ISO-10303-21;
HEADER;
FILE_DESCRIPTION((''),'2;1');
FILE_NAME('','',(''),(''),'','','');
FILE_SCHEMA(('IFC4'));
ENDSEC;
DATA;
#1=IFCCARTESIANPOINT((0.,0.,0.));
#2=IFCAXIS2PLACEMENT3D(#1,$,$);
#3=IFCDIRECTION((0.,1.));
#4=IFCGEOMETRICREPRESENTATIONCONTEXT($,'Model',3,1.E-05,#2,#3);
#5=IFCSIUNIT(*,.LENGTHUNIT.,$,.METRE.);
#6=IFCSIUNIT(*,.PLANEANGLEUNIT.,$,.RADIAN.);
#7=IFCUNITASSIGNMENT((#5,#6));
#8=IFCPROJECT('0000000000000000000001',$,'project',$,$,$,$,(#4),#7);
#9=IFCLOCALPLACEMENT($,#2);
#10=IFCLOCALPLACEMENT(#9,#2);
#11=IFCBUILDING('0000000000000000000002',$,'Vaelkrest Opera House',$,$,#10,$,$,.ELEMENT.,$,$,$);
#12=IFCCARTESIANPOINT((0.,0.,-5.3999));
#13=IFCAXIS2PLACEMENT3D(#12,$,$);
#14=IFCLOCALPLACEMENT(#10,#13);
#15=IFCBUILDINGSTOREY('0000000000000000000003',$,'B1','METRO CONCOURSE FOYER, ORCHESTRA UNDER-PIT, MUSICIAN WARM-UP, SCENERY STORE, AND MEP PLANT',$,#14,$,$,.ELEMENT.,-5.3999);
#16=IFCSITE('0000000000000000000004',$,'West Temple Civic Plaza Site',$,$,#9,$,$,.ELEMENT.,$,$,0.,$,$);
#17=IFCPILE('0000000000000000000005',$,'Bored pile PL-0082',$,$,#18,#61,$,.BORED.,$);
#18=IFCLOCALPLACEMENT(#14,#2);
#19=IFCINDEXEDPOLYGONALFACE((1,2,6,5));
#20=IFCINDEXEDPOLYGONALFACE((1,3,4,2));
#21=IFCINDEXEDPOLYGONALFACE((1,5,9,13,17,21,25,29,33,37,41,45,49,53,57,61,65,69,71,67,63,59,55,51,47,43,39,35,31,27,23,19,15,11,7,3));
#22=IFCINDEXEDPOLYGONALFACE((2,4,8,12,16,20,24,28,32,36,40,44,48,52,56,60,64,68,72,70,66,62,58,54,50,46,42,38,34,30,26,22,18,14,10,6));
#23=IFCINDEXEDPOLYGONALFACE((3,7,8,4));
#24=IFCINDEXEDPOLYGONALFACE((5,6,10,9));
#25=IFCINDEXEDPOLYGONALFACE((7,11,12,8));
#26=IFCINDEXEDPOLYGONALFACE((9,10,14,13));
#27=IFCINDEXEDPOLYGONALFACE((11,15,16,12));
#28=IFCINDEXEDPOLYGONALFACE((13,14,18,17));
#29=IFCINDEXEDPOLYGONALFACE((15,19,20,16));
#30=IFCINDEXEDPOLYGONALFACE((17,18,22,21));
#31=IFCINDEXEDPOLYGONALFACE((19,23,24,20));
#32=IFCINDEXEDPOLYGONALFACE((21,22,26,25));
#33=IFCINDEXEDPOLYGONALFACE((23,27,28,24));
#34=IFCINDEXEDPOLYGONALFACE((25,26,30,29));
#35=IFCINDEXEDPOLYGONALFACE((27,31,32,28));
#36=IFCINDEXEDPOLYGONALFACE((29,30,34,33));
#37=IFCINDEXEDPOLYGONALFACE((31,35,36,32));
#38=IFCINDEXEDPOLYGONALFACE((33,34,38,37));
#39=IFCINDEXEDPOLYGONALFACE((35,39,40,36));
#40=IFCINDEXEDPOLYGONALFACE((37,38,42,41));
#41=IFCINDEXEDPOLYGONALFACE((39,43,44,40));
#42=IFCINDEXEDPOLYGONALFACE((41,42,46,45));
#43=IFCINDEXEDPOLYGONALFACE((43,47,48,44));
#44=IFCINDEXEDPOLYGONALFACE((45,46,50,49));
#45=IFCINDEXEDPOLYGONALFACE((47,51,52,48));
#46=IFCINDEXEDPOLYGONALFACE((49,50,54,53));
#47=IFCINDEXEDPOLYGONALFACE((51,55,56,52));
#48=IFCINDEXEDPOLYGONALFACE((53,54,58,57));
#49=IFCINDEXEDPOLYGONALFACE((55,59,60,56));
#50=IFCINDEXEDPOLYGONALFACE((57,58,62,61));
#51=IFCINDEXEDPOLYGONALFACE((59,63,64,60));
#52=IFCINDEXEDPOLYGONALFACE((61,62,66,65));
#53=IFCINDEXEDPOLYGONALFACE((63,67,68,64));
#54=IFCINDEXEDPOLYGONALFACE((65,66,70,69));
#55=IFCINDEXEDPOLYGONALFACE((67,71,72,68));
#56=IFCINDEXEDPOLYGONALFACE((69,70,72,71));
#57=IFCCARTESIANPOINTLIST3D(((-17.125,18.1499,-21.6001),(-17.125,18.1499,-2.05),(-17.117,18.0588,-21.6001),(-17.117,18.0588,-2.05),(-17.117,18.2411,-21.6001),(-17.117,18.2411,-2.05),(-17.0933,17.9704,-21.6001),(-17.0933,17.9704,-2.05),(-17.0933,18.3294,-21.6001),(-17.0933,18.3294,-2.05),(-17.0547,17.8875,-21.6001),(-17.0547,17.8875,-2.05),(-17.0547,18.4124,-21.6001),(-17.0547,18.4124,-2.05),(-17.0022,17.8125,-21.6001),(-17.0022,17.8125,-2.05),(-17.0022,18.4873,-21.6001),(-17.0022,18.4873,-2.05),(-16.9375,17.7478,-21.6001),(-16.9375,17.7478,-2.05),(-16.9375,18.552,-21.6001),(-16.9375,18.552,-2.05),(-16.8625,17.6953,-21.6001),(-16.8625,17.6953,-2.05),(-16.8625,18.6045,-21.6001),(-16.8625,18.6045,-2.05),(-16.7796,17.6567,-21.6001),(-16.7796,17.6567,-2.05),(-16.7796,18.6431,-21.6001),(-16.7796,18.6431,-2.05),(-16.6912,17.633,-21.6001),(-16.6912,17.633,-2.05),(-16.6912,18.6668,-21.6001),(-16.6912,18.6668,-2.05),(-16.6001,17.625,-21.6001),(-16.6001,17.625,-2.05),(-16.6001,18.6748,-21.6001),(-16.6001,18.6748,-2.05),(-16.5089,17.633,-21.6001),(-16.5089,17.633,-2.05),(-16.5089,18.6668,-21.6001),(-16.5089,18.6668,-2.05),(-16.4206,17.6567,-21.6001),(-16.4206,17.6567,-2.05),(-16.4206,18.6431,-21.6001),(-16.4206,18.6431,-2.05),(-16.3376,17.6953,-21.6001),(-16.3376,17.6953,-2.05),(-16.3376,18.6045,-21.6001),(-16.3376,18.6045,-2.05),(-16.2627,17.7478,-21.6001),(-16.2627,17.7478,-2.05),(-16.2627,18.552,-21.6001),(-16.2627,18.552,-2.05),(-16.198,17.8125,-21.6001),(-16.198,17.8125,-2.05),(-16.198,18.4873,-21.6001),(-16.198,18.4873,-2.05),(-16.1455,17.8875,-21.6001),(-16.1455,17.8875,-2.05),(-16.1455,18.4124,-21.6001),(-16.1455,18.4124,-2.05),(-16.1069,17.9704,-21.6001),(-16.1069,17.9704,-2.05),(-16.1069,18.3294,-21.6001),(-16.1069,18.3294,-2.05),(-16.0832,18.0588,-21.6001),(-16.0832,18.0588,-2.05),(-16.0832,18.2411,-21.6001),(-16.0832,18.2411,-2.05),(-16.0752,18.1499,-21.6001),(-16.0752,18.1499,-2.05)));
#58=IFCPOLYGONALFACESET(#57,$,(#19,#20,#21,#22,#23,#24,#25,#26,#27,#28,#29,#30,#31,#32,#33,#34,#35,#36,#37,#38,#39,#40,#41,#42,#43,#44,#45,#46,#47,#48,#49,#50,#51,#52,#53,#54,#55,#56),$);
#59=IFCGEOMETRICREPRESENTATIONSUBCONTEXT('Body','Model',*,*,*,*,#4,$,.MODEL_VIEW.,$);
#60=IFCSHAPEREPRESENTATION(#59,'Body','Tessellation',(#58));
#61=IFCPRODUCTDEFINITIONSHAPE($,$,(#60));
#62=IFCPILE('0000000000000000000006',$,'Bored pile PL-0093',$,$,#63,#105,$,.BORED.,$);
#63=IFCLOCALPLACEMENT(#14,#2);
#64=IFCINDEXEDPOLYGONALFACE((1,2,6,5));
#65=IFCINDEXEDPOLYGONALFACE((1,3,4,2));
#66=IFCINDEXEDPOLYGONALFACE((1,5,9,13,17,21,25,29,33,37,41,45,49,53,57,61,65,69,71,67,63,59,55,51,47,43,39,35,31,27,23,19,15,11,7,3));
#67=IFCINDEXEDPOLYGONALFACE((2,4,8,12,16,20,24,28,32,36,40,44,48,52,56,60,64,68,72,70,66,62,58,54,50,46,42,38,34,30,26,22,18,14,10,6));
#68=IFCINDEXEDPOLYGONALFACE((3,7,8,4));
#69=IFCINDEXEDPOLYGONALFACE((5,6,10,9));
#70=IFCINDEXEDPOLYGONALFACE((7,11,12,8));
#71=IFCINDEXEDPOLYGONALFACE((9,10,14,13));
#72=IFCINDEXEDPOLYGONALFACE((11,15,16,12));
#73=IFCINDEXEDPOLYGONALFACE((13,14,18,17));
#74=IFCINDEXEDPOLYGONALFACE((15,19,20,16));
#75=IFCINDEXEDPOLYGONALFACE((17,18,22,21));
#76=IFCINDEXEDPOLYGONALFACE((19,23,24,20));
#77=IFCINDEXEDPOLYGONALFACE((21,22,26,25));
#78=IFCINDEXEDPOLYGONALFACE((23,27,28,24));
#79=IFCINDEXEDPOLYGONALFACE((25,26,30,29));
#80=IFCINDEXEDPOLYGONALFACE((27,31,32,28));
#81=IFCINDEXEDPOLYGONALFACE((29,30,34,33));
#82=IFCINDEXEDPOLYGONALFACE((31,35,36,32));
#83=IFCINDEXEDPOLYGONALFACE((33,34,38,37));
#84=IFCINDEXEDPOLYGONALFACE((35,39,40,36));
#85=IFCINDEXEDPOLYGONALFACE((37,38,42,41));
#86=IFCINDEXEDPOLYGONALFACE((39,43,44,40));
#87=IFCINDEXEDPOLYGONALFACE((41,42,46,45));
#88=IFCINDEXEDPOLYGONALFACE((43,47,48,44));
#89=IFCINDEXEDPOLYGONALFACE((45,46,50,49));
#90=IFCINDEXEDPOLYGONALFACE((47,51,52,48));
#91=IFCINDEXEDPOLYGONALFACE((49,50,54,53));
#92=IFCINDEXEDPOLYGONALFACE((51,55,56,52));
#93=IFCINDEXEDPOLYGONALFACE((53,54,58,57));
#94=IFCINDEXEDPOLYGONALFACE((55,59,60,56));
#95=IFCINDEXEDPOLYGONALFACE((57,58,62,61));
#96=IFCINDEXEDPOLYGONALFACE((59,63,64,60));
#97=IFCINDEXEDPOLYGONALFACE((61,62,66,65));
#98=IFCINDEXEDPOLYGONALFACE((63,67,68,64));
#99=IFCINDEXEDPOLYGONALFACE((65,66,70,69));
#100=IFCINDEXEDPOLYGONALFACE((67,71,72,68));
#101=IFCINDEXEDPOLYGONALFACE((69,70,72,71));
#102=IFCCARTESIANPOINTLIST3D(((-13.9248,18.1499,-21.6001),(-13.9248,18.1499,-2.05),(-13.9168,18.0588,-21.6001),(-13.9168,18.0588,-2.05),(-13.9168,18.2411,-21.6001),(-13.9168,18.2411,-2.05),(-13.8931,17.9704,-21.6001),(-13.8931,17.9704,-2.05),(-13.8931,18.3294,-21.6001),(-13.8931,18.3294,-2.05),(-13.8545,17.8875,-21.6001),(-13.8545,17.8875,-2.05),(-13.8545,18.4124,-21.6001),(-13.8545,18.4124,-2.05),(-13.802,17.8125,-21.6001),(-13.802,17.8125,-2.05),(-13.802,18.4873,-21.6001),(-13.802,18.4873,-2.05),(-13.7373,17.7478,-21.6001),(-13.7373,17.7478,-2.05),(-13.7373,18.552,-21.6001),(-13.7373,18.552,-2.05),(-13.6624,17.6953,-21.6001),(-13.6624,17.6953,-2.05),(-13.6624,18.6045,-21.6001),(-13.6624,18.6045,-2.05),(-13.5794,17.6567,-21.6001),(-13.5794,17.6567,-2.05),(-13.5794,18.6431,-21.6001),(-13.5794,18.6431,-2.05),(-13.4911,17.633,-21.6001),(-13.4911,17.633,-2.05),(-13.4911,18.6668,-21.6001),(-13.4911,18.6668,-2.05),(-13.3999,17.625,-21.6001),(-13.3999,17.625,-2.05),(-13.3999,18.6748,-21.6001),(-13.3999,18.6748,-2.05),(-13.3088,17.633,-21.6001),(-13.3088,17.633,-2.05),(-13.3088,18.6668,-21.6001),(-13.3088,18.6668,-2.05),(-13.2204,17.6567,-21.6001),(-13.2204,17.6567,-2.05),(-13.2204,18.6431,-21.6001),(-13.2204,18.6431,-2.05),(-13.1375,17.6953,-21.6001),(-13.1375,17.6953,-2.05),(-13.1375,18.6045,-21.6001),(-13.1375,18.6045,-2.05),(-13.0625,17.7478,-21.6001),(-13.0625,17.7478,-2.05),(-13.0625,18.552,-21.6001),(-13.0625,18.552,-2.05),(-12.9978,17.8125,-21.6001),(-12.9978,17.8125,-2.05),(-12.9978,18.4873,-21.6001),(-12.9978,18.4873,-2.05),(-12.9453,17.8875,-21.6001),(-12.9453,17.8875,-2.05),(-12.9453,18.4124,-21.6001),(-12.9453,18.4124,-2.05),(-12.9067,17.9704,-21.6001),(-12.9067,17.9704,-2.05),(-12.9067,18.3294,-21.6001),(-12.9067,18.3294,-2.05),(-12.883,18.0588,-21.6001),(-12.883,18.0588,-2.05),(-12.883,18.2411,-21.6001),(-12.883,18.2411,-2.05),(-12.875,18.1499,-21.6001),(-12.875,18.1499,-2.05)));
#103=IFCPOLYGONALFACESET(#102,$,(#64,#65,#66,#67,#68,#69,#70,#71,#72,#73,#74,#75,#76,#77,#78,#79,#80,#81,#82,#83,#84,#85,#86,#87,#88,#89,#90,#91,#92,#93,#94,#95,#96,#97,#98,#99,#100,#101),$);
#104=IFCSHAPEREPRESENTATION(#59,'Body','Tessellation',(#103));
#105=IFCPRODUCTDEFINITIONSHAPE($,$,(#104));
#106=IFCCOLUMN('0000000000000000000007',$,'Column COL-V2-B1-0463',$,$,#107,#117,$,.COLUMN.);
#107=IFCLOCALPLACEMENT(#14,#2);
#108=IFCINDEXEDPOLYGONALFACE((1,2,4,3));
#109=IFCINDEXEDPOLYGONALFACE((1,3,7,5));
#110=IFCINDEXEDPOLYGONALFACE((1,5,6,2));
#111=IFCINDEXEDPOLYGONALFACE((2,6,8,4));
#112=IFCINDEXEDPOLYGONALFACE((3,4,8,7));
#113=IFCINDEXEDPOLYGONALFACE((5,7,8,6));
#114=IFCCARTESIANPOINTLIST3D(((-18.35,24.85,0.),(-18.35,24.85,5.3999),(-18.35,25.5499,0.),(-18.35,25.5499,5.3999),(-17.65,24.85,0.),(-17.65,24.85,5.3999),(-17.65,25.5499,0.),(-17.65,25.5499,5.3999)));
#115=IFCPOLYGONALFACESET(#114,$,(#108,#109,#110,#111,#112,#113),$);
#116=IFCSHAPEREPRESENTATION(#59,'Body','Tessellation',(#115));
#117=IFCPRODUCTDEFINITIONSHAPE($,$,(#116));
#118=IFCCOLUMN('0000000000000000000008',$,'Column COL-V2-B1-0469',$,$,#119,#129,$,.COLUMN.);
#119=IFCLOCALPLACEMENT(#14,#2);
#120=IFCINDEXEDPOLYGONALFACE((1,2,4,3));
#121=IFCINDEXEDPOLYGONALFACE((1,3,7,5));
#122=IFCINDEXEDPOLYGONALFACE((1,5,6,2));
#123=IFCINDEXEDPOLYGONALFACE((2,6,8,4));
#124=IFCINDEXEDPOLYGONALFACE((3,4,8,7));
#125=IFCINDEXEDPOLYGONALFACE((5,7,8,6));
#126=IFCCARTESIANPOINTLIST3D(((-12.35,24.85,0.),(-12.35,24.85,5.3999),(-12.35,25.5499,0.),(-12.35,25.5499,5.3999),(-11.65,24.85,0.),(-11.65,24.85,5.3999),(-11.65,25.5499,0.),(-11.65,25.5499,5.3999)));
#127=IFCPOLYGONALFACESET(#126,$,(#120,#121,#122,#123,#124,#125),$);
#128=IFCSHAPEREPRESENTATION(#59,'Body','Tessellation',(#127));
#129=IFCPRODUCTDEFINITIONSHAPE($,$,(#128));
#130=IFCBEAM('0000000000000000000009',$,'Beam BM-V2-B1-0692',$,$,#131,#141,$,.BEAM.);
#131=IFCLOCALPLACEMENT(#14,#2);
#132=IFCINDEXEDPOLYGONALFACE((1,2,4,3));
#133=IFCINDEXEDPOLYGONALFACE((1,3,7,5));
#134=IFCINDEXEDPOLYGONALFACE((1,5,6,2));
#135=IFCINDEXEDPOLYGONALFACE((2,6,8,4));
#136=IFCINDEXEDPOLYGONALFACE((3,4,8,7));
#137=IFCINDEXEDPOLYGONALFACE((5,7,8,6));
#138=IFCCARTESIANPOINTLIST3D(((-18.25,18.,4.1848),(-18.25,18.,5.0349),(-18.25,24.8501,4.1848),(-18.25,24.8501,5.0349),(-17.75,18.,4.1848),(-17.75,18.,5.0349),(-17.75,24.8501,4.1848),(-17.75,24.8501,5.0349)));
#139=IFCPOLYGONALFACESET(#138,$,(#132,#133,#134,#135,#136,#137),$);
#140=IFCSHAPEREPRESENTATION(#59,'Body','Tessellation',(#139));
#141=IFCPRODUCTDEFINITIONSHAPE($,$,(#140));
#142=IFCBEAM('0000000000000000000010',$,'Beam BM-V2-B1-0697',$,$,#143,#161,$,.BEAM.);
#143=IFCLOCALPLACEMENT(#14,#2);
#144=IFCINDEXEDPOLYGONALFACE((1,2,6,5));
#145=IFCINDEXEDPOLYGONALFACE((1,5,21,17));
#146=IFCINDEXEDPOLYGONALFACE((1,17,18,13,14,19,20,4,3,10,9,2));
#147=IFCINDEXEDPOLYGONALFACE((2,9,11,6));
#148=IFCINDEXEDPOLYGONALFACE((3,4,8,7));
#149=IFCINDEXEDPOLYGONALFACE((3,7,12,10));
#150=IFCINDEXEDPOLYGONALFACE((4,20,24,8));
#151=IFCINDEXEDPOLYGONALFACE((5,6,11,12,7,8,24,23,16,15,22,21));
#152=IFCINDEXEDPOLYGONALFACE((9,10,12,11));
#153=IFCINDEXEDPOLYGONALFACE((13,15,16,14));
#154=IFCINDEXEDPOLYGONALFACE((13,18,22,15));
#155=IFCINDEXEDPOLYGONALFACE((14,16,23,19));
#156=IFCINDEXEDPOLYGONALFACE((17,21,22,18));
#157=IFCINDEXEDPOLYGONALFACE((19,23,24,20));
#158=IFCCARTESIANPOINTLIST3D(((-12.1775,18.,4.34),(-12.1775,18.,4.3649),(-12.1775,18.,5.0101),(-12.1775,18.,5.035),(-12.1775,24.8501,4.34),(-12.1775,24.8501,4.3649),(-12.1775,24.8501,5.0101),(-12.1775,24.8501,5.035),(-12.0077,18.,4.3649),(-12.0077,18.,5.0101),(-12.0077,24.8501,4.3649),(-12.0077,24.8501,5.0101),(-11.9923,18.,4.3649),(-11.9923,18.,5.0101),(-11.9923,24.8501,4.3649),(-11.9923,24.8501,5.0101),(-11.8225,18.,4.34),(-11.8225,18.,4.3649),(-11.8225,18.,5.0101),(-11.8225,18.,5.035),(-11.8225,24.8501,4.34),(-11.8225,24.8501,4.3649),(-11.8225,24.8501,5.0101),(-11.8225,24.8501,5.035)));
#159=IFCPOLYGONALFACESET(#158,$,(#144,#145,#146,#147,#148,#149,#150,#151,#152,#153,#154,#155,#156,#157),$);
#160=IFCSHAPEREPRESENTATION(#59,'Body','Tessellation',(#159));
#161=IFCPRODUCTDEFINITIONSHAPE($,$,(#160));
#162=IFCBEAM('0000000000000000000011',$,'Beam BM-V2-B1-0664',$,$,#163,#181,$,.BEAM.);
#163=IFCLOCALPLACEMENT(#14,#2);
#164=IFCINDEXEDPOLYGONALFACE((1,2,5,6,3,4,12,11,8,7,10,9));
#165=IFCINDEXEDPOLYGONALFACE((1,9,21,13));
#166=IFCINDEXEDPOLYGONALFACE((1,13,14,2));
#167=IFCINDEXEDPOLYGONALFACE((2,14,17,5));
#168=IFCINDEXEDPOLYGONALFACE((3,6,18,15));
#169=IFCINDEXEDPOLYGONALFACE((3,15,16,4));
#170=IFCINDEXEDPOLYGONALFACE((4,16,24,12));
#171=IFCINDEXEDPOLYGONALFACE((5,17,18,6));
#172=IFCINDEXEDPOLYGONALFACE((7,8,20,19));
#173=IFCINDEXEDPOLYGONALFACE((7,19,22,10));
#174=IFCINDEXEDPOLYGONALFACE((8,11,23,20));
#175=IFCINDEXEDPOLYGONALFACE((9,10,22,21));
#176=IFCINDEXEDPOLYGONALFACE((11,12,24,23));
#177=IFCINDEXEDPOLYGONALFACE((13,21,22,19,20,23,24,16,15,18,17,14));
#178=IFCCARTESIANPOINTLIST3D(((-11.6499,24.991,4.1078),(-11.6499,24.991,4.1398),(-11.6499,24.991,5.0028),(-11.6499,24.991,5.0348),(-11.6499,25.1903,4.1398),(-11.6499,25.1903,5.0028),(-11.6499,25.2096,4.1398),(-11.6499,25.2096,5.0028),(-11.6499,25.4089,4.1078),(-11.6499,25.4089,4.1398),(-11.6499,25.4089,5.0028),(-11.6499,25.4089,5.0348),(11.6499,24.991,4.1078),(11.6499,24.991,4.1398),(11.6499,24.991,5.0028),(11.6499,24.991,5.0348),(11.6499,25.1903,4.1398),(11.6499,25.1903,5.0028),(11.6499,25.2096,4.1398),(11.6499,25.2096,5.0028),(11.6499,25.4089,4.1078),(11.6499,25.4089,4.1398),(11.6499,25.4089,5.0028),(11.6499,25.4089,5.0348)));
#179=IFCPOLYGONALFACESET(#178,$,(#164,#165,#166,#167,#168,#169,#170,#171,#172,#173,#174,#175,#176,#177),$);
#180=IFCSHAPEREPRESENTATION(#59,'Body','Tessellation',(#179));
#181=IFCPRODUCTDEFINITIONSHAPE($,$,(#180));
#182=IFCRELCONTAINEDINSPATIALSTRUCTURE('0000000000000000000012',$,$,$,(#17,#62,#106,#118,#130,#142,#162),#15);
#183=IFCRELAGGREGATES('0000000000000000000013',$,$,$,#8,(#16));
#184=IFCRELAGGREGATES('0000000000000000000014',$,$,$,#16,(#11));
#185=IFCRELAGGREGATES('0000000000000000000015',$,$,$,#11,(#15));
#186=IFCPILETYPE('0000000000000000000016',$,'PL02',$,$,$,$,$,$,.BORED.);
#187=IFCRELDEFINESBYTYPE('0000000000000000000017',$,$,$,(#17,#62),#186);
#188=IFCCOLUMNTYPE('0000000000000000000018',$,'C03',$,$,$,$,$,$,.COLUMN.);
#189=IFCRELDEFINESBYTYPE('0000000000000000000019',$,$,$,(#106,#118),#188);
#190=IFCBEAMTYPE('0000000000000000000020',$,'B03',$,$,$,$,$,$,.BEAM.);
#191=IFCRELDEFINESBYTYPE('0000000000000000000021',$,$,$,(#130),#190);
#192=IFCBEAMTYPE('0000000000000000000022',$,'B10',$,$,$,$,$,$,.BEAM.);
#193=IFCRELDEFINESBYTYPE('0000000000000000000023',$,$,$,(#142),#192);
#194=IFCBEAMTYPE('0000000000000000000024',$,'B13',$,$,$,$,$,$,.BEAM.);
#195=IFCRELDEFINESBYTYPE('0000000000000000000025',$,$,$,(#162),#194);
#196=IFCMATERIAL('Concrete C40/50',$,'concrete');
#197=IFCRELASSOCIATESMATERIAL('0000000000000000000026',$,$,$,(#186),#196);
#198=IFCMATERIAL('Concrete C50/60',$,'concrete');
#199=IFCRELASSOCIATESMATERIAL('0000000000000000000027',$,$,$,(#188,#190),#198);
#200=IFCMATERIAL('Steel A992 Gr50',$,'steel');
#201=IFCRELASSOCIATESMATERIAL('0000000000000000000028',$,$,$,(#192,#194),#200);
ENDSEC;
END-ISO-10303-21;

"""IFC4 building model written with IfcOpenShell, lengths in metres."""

from ifc_helpers import new_model, si_unit, direction, frame, origin, origin_2d, place, context, subcontext, project, spatial, rectangle, circle, i_section, extrude, material, material_profile, profile_set, type_object, element, save


model = new_model("IFC4")

# Units and contexts
model_context = context("Model", 3, precision=1e-05, world=origin(), true_north=direction((0.0, 1.0)))
body_context = subcontext(model_context, "Body", "Model", "MODEL_VIEW")
ifc_project = project(units=[si_unit("LENGTHUNIT", "METRE"), si_unit("PLANEANGLEUNIT", "RADIAN")], contexts=[model_context])

# Site, building, storey
site_placement = place(None, origin())
site = spatial("IfcSite", under=ifc_project, at=site_placement, Name="West Temple Civic Plaza Site", CompositionType="ELEMENT", RefElevation=0.0)
building_placement = place(site_placement, origin())
building = spatial("IfcBuilding", under=site, at=building_placement, Name="Vaelkrest Opera House", CompositionType="ELEMENT")
storey_placement = place(building_placement, frame((0.0, 0.0, -5.3999)))
storey = spatial("IfcBuildingStorey", under=building, at=storey_placement, Name="B1", Description="METRO CONCOURSE FOYER, ORCHESTRA UNDER-PIT, MUSICIAN WARM-UP, SCENERY STORE, AND MEP PLANT", CompositionType="ELEMENT", Elevation=-5.3999)

# Shared definitions
ifc_material_1 = material(Name="Concrete C40/50", Category="concrete")

# Piles
ifc_material_profile_1 = material_profile(ifc_material_1, circle(Radius=0.5249, at=origin_2d()), Name="PILE1050")
ifc_profile_set_1 = profile_set([ifc_material_profile_1], Name="Concrete C40/50")
pile_type_1 = type_object("IfcPileType", Name="PL02", PredefinedType="BORED", material=ifc_profile_set_1)
for number, where, z_axis, x_axis, name in (
    (1, (-16.6001, 18.1499, -2.05), (0.0, 0.0, -1.0), (1.0, 0.0, 0.0), "Bored pile PL-0082"),
    (2, (-13.3999, 18.1499, -2.05), (0.0, 0.0, -1.0), (1.0, 0.0, 0.0), "Bored pile PL-0093"),
):
    element("IfcPile", number, at=place(storey_placement, frame(where, z_axis=z_axis, x_axis=x_axis)), inside=storey, type_object=pile_type_1, Name=name, PredefinedType="BORED", context=body_context, shape_type="SweptSolid", body=[
        extrude(circle(Radius=0.5249, at=origin_2d()), origin(), (0.0, 0.0, 1.0), 19.55),
    ])

# Columns
ifc_material_2 = material(Name="Concrete C50/60", Category="concrete")
ifc_material_profile_2 = material_profile(ifc_material_2, rectangle(XDim=0.7, YDim=0.7, at=origin_2d()), Name="RC700X700")
ifc_profile_set_2 = profile_set([ifc_material_profile_2], Name="Concrete C50/60")
column_type = type_object("IfcColumnType", Name="C03", PredefinedType="COLUMN", material=ifc_profile_set_2)
for number, where, z_axis, x_axis, name in (
    (3, (-18.0, 25.2, 0.0), (0.0, 0.0, 1.0), (1.0, 0.0, 0.0), "Column COL-V2-B1-0463"),
    (4, (-12.0, 25.2, 0.0), (0.0, 0.0, 1.0), (1.0, 0.0, 0.0), "Column COL-V2-B1-0469"),
):
    element("IfcColumn", number, at=place(storey_placement, frame(where, z_axis=z_axis, x_axis=x_axis)), inside=storey, type_object=column_type, Name=name, PredefinedType="COLUMN", context=body_context, shape_type="SweptSolid", body=[
        extrude(rectangle(XDim=0.7, YDim=0.7, at=origin_2d()), origin(), (0.0, 0.0, 1.0), 5.3999),
    ])

# Beams
ifc_material_profile_3 = material_profile(ifc_material_2, rectangle(XDim=0.5, YDim=0.8501, at=origin_2d()), Name="RCB500X850")
ifc_profile_set_3 = profile_set([ifc_material_profile_3], Name="Concrete C50/60")
beam_type_1 = type_object("IfcBeamType", Name="B03", PredefinedType="BEAM", material=ifc_profile_set_3)
beam_1_placement = place(storey_placement, frame((-18.0, 18.0, 4.6099), z_axis=(0.0, 1.0, 0.0), x_axis=(-1.0, 0.0, 0.0)))
element("IfcBeam", 5, at=beam_1_placement, inside=storey, type_object=beam_type_1, Name="Beam BM-V2-B1-0692", PredefinedType="BEAM", context=body_context, shape_type="SweptSolid", body=[
    extrude(rectangle(XDim=0.5, YDim=0.8501, at=origin_2d()), origin(), (0.0, 0.0, 1.0), 6.8501),
])
ifc_material_3 = material(Name="Steel A992 Gr50", Category="steel")
ifc_material_profile_4 = material_profile(ifc_material_3, i_section(OverallWidth=0.355, OverallDepth=0.6951, WebThickness=0.0154, FlangeThickness=0.0249, at=origin_2d()), Name="W27X146")
ifc_profile_set_4 = profile_set([ifc_material_profile_4], Name="Steel A992 Gr50")
beam_type_2 = type_object("IfcBeamType", Name="B10", PredefinedType="BEAM", material=ifc_profile_set_4)
beam_2_placement = place(storey_placement, frame((-12.0, 18.0, 4.6875), z_axis=(0.0, 1.0, 0.0), x_axis=(-1.0, 0.0, 0.0)))
element("IfcBeam", 6, at=beam_2_placement, inside=storey, type_object=beam_type_2, Name="Beam BM-V2-B1-0697", PredefinedType="BEAM", context=body_context, shape_type="SweptSolid", body=[
    extrude(i_section(OverallWidth=0.355, OverallDepth=0.6951, WebThickness=0.0154, FlangeThickness=0.0249, at=origin_2d()), origin(), (0.0, 0.0, 1.0), 6.8501),
])
ifc_material_profile_5 = material_profile(ifc_material_3, i_section(OverallWidth=0.418, OverallDepth=0.927, WebThickness=0.0193, FlangeThickness=0.032, at=origin_2d()), Name="W36X231")
ifc_profile_set_5 = profile_set([ifc_material_profile_5], Name="Steel A992 Gr50")
beam_type_3 = type_object("IfcBeamType", Name="B13", PredefinedType="BEAM", material=ifc_profile_set_5)
beam_3_placement = place(storey_placement, frame((-11.6499, 25.2, 4.5713), z_axis=(1.0, 0.0, 0.0), x_axis=(0.0, 1.0, 0.0)))
element("IfcBeam", 7, at=beam_3_placement, inside=storey, type_object=beam_type_3, Name="Beam BM-V2-B1-0664", PredefinedType="BEAM", context=body_context, shape_type="SweptSolid", body=[
    extrude(i_section(OverallWidth=0.418, OverallDepth=0.927, WebThickness=0.0193, FlangeThickness=0.032, at=origin_2d()), origin(), (0.0, 0.0, 1.0), 23.2998),
])

save(model, "model.ifc")
